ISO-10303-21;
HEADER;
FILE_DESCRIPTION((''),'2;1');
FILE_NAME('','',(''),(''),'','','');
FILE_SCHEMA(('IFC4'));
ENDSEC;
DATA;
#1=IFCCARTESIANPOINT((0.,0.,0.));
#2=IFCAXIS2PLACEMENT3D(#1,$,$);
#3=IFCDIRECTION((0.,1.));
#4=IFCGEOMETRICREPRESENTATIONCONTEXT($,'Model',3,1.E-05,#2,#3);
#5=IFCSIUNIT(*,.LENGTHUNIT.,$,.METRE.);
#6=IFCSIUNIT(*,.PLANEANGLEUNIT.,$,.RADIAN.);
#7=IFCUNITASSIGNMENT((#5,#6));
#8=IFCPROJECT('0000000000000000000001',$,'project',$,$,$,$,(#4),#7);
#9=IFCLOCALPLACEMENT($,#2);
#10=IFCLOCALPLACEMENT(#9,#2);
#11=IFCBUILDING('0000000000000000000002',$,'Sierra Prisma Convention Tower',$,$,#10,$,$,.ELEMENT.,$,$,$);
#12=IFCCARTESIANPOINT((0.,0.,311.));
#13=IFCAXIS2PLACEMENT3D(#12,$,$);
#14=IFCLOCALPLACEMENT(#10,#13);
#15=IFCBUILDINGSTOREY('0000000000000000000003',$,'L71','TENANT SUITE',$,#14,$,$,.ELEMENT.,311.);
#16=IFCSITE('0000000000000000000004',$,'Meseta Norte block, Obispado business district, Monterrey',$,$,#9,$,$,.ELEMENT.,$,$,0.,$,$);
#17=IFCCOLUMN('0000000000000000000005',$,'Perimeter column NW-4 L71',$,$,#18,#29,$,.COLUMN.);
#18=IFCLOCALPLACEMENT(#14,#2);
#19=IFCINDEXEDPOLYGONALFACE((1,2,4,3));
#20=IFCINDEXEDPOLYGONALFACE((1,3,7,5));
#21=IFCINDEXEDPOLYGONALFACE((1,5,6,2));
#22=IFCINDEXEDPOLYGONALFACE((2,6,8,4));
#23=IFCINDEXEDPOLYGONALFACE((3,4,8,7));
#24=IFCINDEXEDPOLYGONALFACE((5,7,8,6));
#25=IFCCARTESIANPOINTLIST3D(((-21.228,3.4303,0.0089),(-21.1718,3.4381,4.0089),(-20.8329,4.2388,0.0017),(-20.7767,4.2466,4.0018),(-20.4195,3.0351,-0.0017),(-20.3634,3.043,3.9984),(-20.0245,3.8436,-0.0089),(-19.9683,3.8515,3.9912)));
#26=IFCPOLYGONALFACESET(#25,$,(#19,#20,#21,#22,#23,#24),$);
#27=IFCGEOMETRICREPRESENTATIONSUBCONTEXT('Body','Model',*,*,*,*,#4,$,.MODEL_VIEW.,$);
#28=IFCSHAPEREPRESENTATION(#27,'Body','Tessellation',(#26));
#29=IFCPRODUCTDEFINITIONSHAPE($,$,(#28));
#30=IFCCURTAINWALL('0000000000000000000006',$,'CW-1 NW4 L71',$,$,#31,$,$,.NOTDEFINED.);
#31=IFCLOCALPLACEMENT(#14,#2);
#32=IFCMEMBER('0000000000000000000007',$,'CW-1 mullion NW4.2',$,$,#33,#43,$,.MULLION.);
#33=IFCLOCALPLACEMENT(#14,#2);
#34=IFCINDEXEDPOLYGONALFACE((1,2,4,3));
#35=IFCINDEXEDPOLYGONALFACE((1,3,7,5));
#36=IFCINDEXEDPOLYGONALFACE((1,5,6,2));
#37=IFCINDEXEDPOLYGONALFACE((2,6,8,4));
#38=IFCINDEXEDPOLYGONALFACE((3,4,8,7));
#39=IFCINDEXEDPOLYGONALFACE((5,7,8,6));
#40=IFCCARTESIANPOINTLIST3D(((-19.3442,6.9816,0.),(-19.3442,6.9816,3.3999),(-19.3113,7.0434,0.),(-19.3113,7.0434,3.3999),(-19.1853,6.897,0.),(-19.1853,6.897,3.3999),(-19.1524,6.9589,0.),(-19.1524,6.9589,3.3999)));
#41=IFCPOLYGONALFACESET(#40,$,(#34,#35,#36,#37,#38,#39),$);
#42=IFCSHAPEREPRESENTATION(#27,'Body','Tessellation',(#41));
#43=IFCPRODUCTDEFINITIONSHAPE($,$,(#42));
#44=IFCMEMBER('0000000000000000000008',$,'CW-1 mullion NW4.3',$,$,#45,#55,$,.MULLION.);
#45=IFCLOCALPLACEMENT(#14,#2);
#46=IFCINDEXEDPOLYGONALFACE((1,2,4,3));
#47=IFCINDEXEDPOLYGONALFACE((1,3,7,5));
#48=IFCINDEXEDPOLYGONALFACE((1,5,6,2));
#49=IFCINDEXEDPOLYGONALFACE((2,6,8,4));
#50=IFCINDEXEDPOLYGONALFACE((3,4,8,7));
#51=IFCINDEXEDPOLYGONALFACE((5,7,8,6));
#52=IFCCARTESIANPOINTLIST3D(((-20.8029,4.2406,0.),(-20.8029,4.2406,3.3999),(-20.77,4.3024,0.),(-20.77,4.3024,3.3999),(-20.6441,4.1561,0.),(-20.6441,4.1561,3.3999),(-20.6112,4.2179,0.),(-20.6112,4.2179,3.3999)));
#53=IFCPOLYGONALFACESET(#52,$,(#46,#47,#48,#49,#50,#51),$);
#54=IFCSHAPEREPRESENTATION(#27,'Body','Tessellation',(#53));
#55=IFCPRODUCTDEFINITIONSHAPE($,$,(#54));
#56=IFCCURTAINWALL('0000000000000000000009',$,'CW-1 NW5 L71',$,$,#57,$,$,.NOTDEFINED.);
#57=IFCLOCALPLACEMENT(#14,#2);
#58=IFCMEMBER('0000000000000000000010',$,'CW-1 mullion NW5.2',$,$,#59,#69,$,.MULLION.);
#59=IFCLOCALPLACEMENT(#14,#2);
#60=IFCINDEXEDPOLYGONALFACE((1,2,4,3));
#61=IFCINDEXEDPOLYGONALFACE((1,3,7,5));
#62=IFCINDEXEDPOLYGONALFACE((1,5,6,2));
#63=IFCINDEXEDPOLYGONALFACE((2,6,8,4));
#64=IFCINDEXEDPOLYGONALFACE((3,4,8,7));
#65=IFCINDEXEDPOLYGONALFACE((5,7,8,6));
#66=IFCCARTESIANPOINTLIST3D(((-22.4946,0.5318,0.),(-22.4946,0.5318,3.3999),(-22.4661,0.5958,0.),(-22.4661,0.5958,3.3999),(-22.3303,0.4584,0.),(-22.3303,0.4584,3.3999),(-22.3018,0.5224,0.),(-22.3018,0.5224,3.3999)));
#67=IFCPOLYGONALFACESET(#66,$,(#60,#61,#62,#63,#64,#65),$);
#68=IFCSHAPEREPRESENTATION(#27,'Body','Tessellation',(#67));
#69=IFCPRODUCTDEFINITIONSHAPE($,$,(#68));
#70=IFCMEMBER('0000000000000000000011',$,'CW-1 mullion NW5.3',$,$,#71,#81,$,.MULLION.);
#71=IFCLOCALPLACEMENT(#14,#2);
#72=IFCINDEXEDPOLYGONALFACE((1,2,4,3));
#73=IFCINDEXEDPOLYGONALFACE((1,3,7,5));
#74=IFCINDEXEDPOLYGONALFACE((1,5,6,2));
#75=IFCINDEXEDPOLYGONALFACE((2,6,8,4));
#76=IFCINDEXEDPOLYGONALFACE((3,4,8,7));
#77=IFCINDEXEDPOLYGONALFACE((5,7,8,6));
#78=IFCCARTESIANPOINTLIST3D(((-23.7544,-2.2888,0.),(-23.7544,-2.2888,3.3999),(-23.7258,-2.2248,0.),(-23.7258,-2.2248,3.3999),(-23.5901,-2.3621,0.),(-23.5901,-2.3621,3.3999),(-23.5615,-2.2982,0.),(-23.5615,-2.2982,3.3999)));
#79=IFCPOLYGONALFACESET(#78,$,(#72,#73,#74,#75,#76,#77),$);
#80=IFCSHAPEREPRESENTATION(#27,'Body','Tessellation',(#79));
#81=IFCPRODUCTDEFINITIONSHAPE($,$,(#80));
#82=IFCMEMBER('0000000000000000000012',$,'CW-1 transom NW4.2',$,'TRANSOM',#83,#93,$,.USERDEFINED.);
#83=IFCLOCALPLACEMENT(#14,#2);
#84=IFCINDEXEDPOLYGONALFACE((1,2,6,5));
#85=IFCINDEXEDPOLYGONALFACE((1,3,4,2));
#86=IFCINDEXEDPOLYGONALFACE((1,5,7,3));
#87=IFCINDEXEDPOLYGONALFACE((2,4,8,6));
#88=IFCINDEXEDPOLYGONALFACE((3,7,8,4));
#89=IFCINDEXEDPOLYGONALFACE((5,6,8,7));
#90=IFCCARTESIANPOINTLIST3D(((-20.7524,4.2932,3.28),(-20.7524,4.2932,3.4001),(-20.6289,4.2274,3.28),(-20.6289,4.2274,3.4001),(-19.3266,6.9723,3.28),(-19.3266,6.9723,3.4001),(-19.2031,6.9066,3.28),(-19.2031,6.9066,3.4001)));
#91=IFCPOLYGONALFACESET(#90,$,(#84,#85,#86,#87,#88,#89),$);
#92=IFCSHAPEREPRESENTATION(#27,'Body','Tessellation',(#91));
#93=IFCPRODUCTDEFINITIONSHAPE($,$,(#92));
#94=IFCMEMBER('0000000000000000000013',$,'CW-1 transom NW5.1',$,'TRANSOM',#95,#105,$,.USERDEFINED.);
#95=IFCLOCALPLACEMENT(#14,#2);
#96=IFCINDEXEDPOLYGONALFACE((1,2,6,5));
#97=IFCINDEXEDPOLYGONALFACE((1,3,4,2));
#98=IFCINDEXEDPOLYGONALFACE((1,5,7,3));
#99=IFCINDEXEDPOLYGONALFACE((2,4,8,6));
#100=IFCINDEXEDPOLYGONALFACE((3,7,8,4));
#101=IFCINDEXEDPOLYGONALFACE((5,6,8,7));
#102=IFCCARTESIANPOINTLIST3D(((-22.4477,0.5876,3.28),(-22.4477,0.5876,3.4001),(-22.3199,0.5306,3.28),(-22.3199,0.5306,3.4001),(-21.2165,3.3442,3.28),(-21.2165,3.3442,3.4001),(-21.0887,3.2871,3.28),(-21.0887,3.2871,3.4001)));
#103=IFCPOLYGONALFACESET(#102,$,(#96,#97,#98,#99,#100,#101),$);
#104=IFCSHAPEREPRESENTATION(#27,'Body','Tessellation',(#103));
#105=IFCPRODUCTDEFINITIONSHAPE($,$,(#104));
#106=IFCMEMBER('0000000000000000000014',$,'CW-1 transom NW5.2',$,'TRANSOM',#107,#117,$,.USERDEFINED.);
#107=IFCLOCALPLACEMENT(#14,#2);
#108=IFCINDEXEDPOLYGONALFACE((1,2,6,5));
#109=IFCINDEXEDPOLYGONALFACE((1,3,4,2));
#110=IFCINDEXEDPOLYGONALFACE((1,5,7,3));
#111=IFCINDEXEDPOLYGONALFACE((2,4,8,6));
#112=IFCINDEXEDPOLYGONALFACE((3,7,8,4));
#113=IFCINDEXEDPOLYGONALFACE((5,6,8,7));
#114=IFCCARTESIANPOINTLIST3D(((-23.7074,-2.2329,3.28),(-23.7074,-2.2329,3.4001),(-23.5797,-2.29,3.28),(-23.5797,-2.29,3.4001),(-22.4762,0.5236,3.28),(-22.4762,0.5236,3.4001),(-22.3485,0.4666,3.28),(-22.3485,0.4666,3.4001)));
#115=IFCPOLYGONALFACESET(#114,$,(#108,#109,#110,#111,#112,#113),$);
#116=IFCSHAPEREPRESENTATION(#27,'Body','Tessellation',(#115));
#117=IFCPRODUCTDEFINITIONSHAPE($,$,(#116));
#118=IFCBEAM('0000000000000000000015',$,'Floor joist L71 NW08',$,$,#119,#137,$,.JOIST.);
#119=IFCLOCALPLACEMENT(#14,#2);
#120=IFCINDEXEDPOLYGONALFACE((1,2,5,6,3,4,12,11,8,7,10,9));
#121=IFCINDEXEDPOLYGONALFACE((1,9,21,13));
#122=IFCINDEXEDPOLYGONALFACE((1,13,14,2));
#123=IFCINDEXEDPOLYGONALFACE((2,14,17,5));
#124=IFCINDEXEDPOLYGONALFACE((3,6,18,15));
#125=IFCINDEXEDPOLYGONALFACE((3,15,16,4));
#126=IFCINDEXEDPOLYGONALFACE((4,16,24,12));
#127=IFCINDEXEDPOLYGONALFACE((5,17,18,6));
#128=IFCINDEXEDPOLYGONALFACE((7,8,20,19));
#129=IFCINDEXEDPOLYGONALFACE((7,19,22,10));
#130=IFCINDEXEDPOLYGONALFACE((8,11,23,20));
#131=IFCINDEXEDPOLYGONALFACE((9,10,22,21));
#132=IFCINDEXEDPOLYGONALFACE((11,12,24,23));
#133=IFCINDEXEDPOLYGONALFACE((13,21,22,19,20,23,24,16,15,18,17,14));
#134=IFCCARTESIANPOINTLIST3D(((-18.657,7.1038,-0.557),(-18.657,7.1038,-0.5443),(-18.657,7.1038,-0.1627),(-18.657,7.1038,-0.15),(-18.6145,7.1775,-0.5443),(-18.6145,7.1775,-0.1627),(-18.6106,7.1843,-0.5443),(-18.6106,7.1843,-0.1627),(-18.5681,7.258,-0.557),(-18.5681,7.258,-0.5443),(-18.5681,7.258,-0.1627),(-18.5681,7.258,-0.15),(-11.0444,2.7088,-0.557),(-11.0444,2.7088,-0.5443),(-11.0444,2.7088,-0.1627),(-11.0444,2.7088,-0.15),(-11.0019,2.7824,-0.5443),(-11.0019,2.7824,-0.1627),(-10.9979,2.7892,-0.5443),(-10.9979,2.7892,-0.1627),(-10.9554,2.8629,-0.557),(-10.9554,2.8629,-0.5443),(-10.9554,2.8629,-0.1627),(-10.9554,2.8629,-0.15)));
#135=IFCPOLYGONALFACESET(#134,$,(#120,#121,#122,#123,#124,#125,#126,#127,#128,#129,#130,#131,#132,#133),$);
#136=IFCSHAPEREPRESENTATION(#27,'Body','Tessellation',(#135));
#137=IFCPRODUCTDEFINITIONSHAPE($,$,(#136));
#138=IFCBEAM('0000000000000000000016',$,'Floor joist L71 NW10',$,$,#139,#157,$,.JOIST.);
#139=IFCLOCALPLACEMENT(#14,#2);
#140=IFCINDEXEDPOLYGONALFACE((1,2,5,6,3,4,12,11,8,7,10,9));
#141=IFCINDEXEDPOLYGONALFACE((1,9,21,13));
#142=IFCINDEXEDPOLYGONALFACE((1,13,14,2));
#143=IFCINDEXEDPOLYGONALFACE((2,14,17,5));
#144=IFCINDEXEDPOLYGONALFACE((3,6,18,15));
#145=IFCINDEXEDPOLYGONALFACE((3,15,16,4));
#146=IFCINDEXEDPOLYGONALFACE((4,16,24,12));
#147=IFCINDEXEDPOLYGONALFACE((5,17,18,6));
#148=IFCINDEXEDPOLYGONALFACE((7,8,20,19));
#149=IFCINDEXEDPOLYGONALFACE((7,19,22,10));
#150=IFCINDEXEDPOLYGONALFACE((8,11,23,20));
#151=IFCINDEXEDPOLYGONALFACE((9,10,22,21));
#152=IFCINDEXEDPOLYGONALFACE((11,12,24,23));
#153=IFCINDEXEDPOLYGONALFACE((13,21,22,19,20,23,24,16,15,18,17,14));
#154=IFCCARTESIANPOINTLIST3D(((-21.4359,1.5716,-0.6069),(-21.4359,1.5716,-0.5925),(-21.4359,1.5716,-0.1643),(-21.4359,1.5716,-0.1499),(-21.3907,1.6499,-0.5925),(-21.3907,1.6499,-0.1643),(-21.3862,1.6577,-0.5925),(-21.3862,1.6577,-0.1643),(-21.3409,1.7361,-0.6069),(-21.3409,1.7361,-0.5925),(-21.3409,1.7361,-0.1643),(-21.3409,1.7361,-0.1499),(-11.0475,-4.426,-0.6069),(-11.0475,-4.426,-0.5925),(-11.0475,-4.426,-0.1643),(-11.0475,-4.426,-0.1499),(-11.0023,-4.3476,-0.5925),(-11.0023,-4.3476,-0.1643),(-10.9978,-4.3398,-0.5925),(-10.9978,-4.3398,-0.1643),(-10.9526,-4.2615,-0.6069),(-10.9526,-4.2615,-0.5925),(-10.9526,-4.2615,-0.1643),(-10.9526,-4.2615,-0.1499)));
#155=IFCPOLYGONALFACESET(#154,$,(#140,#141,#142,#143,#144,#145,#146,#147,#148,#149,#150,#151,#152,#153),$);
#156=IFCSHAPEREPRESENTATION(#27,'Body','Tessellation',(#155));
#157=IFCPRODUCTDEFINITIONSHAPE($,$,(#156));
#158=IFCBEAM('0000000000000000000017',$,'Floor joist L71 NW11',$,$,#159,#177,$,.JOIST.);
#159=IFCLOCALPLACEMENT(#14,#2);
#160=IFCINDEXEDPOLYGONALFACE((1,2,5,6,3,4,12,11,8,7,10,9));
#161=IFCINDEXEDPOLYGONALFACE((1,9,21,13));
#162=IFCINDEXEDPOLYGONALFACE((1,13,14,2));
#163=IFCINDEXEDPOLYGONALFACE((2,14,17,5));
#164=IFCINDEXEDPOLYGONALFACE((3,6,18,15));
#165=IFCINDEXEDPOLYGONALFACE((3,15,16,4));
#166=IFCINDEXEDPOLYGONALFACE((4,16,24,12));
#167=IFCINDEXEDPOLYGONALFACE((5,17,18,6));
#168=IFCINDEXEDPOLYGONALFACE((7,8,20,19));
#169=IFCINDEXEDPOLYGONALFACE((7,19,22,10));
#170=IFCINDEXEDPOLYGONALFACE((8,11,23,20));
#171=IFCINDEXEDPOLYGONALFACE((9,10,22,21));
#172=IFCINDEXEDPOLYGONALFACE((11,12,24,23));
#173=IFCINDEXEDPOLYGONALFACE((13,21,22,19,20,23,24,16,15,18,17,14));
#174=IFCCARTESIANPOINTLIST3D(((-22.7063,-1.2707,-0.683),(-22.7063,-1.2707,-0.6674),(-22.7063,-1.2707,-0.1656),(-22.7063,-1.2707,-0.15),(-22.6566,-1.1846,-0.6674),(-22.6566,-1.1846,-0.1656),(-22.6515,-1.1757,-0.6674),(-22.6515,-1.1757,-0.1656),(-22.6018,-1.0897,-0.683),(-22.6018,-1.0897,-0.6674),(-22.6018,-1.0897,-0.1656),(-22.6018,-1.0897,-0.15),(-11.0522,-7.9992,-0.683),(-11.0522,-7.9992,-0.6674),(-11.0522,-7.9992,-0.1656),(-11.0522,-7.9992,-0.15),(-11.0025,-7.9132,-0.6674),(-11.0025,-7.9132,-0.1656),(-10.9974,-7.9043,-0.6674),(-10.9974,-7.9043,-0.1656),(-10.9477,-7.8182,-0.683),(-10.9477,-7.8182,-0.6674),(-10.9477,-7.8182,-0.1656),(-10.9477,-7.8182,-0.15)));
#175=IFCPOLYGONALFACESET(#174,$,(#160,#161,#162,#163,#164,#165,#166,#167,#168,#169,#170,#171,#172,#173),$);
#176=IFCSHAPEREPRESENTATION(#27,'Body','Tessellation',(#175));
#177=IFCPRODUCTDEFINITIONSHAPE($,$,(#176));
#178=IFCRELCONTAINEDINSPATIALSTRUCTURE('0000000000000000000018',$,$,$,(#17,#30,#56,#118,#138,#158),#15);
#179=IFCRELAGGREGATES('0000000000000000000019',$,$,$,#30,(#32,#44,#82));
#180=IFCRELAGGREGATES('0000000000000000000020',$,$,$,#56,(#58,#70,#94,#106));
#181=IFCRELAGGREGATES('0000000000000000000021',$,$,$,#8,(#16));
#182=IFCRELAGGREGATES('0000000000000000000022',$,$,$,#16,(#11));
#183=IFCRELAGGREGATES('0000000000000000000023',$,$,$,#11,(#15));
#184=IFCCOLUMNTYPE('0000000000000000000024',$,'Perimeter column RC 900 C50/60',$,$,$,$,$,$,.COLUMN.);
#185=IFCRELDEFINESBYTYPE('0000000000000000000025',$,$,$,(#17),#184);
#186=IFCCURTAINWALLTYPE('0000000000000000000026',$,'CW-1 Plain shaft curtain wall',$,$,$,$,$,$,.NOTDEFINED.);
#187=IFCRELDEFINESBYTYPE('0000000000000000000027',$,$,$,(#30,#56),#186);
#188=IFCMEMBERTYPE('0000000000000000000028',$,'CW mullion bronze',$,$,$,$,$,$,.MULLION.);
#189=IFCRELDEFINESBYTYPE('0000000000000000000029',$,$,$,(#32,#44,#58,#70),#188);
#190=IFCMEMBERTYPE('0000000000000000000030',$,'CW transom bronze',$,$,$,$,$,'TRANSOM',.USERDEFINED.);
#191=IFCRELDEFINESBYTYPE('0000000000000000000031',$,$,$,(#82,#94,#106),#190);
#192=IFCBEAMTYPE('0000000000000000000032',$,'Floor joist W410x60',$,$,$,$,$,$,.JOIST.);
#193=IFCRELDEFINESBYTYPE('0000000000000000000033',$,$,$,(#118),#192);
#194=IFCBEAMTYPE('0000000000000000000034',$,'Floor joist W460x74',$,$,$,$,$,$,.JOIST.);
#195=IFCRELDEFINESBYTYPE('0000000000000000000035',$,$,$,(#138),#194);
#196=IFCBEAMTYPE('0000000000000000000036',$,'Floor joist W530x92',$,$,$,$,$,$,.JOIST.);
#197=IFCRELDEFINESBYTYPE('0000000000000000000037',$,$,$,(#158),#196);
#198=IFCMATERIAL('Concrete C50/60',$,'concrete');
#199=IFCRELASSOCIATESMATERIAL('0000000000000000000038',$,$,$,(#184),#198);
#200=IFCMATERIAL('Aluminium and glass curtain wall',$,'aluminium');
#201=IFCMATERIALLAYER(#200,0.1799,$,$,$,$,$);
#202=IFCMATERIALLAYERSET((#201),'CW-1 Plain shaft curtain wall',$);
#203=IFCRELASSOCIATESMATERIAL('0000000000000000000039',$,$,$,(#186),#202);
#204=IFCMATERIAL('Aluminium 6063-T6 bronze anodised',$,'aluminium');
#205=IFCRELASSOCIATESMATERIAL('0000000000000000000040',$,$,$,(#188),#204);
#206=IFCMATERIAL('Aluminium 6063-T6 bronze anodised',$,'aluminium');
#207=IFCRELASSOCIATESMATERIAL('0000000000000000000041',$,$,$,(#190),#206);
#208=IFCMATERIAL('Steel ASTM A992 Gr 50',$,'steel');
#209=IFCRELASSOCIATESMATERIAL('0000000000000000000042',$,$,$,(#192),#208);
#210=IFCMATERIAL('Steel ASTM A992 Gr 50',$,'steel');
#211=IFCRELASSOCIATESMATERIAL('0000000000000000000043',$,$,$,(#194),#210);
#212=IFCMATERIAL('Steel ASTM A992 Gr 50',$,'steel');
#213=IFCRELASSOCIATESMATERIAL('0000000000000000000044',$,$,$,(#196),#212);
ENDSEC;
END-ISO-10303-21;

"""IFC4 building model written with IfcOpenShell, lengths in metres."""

from ifc_helpers import new_model, si_unit, direction, frame, origin, origin_2d, place, context, subcontext, project, spatial, rectangle, i_section, extrude, material, layer, layer_set, material_profile, profile_set, type_object, element, aggregate, save


model = new_model("IFC4")

# Units and contexts
model_context = context("Model", 3, precision=1e-05, world=origin(), true_north=direction((0.0, 1.0)))
body_context = subcontext(model_context, "Body", "Model", "MODEL_VIEW")
ifc_project = project(units=[si_unit("LENGTHUNIT", "METRE"), si_unit("PLANEANGLEUNIT", "RADIAN")], contexts=[model_context])

# Site, building, storey
site_placement = place(None, origin())
site = spatial("IfcSite", under=ifc_project, at=site_placement, Name="Meseta Norte block, Obispado business district, Monterrey", CompositionType="ELEMENT", RefElevation=0.0)
building_placement = place(site_placement, origin())
building = spatial("IfcBuilding", under=site, at=building_placement, Name="Sierra Prisma Convention Tower", CompositionType="ELEMENT")
storey_placement = place(building_placement, frame((0.0, 0.0, 311.0)))
storey = spatial("IfcBuildingStorey", under=building, at=storey_placement, Name="L71", Description="TENANT SUITE", CompositionType="ELEMENT", Elevation=311.0)

# Column
ifc_material_1 = material(Name="Concrete C50/60", Category="concrete")
ifc_material_profile_1 = material_profile(ifc_material_1, rectangle(XDim=0.8999, YDim=0.8999, at=origin_2d()), Name="Perimeter column RC 900 C50/60")
ifc_profile_set_1 = profile_set([ifc_material_profile_1], Name="Concrete C50/60")
column_type = type_object("IfcColumnType", Name="Perimeter column RC 900 C50/60", PredefinedType="COLUMN", material=ifc_profile_set_1)
column_placement = place(storey_placement, frame((-20.6262, 3.637, 0.0), z_axis=(0.014037, 0.001953, 0.9999), x_axis=(0.439027, 0.898439, -0.007918)))
element("IfcColumn", 1, at=column_placement, inside=storey, type_object=column_type, Name="Perimeter column NW-4 L71", PredefinedType="COLUMN", context=body_context, shape_type="SweptSolid", body=[
    extrude(rectangle(XDim=0.8999, YDim=0.8999, at=origin_2d()), origin(), (0.0, 0.0, 1.0), 4.0005),
])

# Curtain walls, members
ifc_material_2 = material(Name="Aluminium and glass curtain wall", Category="aluminium")
ifc_layer_1 = layer(ifc_material_2, 0.1799)
ifc_layer_set_1 = layer_set([ifc_layer_1], Name="CW-1 Plain shaft curtain wall")
curtain_wall_type = type_object("IfcCurtainWallType", Name="CW-1 Plain shaft curtain wall", PredefinedType="NOTDEFINED", material=ifc_layer_set_1)
curtain_wall_1_placement = place(storey_placement, origin())
curtain_wall_1 = element("IfcCurtainWall", 2, at=curtain_wall_1_placement, inside=storey, type_object=curtain_wall_type, Name="CW-1 NW4 L71", PredefinedType="NOTDEFINED")
ifc_material_3 = material(Name="Aluminium 6063-T6 bronze anodised", Category="aluminium")
ifc_material_profile_2 = material_profile(ifc_material_3, rectangle(XDim=0.1799, YDim=0.0701, at=origin_2d()), Name="ALU MULLION 70x180")
ifc_profile_set_2 = profile_set([ifc_material_profile_2], Name="Aluminium 6063-T6 bronze anodised")
member_type_1 = type_object("IfcMemberType", Name="CW mullion bronze", PredefinedType="MULLION", material=ifc_profile_set_2)
member_1_placement = place(storey_placement, frame((-19.2483, 6.9702, 0.0), z_axis=(0.0, 0.0, 1.0), x_axis=(0.882765, -0.469815, 0.0)))
member_1 = element("IfcMember", 3, at=member_1_placement, type_object=member_type_1, Name="CW-1 mullion NW4.2", PredefinedType="MULLION", context=body_context, shape_type="SweptSolid", body=[
    extrude(rectangle(XDim=0.1799, YDim=0.0701, at=origin_2d()), origin(), (0.0, 0.0, 1.0), 3.3999),
])
member_2_placement = place(storey_placement, frame((-20.707, 4.2292, 0.0), z_axis=(0.0, 0.0, 1.0), x_axis=(0.882765, -0.469815, 0.0)))
member_2 = element("IfcMember", 4, at=member_2_placement, type_object=member_type_1, Name="CW-1 mullion NW4.3", PredefinedType="MULLION", context=body_context, shape_type="SweptSolid", body=[
    extrude(rectangle(XDim=0.1799, YDim=0.0701, at=origin_2d()), origin(), (0.0, 0.0, 1.0), 3.3999),
])
curtain_wall_2_placement = place(storey_placement, origin())
curtain_wall_2 = element("IfcCurtainWall", 5, at=curtain_wall_2_placement, inside=storey, type_object=curtain_wall_type, Name="CW-1 NW5 L71", PredefinedType="NOTDEFINED")
member_3_placement = place(storey_placement, frame((-22.3982, 0.5271, 0.0), z_axis=(0.0, 0.0, 1.0), x_axis=(0.91307, -0.407802, 0.0)))
member_3 = element("IfcMember", 6, at=member_3_placement, type_object=member_type_1, Name="CW-1 mullion NW5.2", PredefinedType="MULLION", context=body_context, shape_type="SweptSolid", body=[
    extrude(rectangle(XDim=0.1799, YDim=0.0701, at=origin_2d()), origin(), (0.0, 0.0, 1.0), 3.3999),
])
member_4_placement = place(storey_placement, frame((-23.658, -2.2935, 0.0), z_axis=(0.0, 0.0, 1.0), x_axis=(0.91307, -0.407802, 0.0)))
member_4 = element("IfcMember", 7, at=member_4_placement, type_object=member_type_1, Name="CW-1 mullion NW5.3", PredefinedType="MULLION", context=body_context, shape_type="SweptSolid", body=[
    extrude(rectangle(XDim=0.1799, YDim=0.0701, at=origin_2d()), origin(), (0.0, 0.0, 1.0), 3.3999),
])

# Members
ifc_material_4 = material(Name="Aluminium 6063-T6 bronze anodised", Category="aluminium")
ifc_material_profile_3 = material_profile(ifc_material_4, rectangle(XDim=0.1399, YDim=0.1201, at=origin_2d()), Name="ALU TRANSOM 120x140")
ifc_profile_set_3 = profile_set([ifc_material_profile_3], Name="Aluminium 6063-T6 bronze anodised")
member_type_2 = type_object("IfcMemberType", Name="CW transom bronze", ElementType="TRANSOM", PredefinedType="USERDEFINED", material=ifc_profile_set_3)
member_5_placement = place(storey_placement, frame((-19.2649, 6.9395, 3.3401), z_axis=(-0.469786, -0.88278, 0.0), x_axis=(0.88278, -0.469786, 0.0)))
member_5 = element("IfcMember", 8, at=member_5_placement, type_object=member_type_2, Name="CW-1 transom NW4.2", ObjectType="TRANSOM", PredefinedType="USERDEFINED", context=body_context, shape_type="SweptSolid", body=[
    extrude(rectangle(XDim=0.1399, YDim=0.1201, at=origin_2d()), origin(), (0.0, 0.0, 1.0), 3.0349),
])
member_6_placement = place(storey_placement, frame((-21.1526, 3.3157, 3.3401), z_axis=(-0.407811, -0.913066, 0.0), x_axis=(0.913066, -0.407811, 0.0)))
member_6 = element("IfcMember", 9, at=member_6_placement, type_object=member_type_2, Name="CW-1 transom NW5.1", ObjectType="TRANSOM", PredefinedType="USERDEFINED", context=body_context, shape_type="SweptSolid", body=[
    extrude(rectangle(XDim=0.1399, YDim=0.1201, at=origin_2d()), origin(), (0.0, 0.0, 1.0), 3.019),
])
member_7_placement = place(storey_placement, frame((-22.4124, 0.4951, 3.3401), z_axis=(-0.407811, -0.913066, 0.0), x_axis=(0.913066, -0.407811, 0.0)))
member_7 = element("IfcMember", 10, at=member_7_placement, type_object=member_type_2, Name="CW-1 transom NW5.2", ObjectType="TRANSOM", PredefinedType="USERDEFINED", context=body_context, shape_type="SweptSolid", body=[
    extrude(rectangle(XDim=0.1399, YDim=0.1201, at=origin_2d()), origin(), (0.0, 0.0, 1.0), 3.019),
])

# Beams
ifc_material_5 = material(Name="Steel ASTM A992 Gr 50", Category="steel")
ifc_material_profile_4 = material_profile(ifc_material_5, i_section(OverallWidth=0.178, OverallDepth=0.407, WebThickness=0.0078, FlangeThickness=0.0127, at=origin_2d()), Name="W410x60")
ifc_profile_set_4 = profile_set([ifc_material_profile_4], Name="Steel ASTM A992 Gr 50")
beam_type_1 = type_object("IfcBeamType", Name="Floor joist W410x60", PredefinedType="JOIST", material=ifc_profile_set_4)
beam_1_placement = place(storey_placement, frame((-18.6125, 7.1809, -0.3535), z_axis=(0.86603, -0.499993, 0.0), x_axis=(0.499993, 0.86603, 0.0)))
element("IfcBeam", 11, at=beam_1_placement, inside=storey, type_object=beam_type_1, Name="Floor joist L71 NW08", PredefinedType="JOIST", context=body_context, shape_type="SweptSolid", body=[
    extrude(i_section(OverallWidth=0.178, OverallDepth=0.407, WebThickness=0.0078, FlangeThickness=0.0127, at=origin_2d()), origin(), (0.0, 0.0, 1.0), 8.7903),
])
ifc_material_6 = material(Name="Steel ASTM A992 Gr 50", Category="steel")
ifc_material_profile_5 = material_profile(ifc_material_6, i_section(OverallWidth=0.1899, OverallDepth=0.457, WebThickness=0.009, FlangeThickness=0.0144, at=origin_2d()), Name="W460x74")
ifc_profile_set_5 = profile_set([ifc_material_profile_5], Name="Steel ASTM A992 Gr 50")
beam_type_2 = type_object("IfcBeamType", Name="Floor joist W460x74", PredefinedType="JOIST", material=ifc_profile_set_5)
beam_2_placement = place(storey_placement, frame((-21.3884, 1.6538, -0.3784), z_axis=(0.866033, -0.499987, 0.0), x_axis=(0.499987, 0.866033, 0.0)))
element("IfcBeam", 12, at=beam_2_placement, inside=storey, type_object=beam_type_2, Name="Floor joist L71 NW10", PredefinedType="JOIST", context=body_context, shape_type="SweptSolid", body=[
    extrude(i_section(OverallWidth=0.1899, OverallDepth=0.457, WebThickness=0.009, FlangeThickness=0.0144, at=origin_2d()), origin(), (0.0, 0.0, 1.0), 11.9954),
])
ifc_material_7 = material(Name="Steel ASTM A992 Gr 50", Category="steel")
ifc_material_profile_6 = material_profile(ifc_material_7, i_section(OverallWidth=0.209, OverallDepth=0.533, WebThickness=0.0103, FlangeThickness=0.0156, at=origin_2d()), Name="W530x92")
ifc_profile_set_6 = profile_set([ifc_material_profile_6], Name="Steel ASTM A992 Gr 50")
beam_type_3 = type_object("IfcBeamType", Name="Floor joist W530x92", PredefinedType="JOIST", material=ifc_profile_set_6)
beam_3_placement = place(storey_placement, frame((-22.6541, -1.1802, -0.4165), z_axis=(0.866024, -0.500003, 0.0), x_axis=(0.500003, 0.866024, 0.0)))
element("IfcBeam", 13, at=beam_3_placement, inside=storey, type_object=beam_type_3, Name="Floor joist L71 NW11", PredefinedType="JOIST", context=body_context, shape_type="SweptSolid", body=[
    extrude(i_section(OverallWidth=0.209, OverallDepth=0.533, WebThickness=0.0103, FlangeThickness=0.0156, at=origin_2d()), origin(), (0.0, 0.0, 1.0), 13.457),
])

aggregate(curtain_wall_1, [member_1, member_2, member_5])
aggregate(curtain_wall_2, [member_3, member_4, member_6, member_7])

save(model, "model.ifc")
